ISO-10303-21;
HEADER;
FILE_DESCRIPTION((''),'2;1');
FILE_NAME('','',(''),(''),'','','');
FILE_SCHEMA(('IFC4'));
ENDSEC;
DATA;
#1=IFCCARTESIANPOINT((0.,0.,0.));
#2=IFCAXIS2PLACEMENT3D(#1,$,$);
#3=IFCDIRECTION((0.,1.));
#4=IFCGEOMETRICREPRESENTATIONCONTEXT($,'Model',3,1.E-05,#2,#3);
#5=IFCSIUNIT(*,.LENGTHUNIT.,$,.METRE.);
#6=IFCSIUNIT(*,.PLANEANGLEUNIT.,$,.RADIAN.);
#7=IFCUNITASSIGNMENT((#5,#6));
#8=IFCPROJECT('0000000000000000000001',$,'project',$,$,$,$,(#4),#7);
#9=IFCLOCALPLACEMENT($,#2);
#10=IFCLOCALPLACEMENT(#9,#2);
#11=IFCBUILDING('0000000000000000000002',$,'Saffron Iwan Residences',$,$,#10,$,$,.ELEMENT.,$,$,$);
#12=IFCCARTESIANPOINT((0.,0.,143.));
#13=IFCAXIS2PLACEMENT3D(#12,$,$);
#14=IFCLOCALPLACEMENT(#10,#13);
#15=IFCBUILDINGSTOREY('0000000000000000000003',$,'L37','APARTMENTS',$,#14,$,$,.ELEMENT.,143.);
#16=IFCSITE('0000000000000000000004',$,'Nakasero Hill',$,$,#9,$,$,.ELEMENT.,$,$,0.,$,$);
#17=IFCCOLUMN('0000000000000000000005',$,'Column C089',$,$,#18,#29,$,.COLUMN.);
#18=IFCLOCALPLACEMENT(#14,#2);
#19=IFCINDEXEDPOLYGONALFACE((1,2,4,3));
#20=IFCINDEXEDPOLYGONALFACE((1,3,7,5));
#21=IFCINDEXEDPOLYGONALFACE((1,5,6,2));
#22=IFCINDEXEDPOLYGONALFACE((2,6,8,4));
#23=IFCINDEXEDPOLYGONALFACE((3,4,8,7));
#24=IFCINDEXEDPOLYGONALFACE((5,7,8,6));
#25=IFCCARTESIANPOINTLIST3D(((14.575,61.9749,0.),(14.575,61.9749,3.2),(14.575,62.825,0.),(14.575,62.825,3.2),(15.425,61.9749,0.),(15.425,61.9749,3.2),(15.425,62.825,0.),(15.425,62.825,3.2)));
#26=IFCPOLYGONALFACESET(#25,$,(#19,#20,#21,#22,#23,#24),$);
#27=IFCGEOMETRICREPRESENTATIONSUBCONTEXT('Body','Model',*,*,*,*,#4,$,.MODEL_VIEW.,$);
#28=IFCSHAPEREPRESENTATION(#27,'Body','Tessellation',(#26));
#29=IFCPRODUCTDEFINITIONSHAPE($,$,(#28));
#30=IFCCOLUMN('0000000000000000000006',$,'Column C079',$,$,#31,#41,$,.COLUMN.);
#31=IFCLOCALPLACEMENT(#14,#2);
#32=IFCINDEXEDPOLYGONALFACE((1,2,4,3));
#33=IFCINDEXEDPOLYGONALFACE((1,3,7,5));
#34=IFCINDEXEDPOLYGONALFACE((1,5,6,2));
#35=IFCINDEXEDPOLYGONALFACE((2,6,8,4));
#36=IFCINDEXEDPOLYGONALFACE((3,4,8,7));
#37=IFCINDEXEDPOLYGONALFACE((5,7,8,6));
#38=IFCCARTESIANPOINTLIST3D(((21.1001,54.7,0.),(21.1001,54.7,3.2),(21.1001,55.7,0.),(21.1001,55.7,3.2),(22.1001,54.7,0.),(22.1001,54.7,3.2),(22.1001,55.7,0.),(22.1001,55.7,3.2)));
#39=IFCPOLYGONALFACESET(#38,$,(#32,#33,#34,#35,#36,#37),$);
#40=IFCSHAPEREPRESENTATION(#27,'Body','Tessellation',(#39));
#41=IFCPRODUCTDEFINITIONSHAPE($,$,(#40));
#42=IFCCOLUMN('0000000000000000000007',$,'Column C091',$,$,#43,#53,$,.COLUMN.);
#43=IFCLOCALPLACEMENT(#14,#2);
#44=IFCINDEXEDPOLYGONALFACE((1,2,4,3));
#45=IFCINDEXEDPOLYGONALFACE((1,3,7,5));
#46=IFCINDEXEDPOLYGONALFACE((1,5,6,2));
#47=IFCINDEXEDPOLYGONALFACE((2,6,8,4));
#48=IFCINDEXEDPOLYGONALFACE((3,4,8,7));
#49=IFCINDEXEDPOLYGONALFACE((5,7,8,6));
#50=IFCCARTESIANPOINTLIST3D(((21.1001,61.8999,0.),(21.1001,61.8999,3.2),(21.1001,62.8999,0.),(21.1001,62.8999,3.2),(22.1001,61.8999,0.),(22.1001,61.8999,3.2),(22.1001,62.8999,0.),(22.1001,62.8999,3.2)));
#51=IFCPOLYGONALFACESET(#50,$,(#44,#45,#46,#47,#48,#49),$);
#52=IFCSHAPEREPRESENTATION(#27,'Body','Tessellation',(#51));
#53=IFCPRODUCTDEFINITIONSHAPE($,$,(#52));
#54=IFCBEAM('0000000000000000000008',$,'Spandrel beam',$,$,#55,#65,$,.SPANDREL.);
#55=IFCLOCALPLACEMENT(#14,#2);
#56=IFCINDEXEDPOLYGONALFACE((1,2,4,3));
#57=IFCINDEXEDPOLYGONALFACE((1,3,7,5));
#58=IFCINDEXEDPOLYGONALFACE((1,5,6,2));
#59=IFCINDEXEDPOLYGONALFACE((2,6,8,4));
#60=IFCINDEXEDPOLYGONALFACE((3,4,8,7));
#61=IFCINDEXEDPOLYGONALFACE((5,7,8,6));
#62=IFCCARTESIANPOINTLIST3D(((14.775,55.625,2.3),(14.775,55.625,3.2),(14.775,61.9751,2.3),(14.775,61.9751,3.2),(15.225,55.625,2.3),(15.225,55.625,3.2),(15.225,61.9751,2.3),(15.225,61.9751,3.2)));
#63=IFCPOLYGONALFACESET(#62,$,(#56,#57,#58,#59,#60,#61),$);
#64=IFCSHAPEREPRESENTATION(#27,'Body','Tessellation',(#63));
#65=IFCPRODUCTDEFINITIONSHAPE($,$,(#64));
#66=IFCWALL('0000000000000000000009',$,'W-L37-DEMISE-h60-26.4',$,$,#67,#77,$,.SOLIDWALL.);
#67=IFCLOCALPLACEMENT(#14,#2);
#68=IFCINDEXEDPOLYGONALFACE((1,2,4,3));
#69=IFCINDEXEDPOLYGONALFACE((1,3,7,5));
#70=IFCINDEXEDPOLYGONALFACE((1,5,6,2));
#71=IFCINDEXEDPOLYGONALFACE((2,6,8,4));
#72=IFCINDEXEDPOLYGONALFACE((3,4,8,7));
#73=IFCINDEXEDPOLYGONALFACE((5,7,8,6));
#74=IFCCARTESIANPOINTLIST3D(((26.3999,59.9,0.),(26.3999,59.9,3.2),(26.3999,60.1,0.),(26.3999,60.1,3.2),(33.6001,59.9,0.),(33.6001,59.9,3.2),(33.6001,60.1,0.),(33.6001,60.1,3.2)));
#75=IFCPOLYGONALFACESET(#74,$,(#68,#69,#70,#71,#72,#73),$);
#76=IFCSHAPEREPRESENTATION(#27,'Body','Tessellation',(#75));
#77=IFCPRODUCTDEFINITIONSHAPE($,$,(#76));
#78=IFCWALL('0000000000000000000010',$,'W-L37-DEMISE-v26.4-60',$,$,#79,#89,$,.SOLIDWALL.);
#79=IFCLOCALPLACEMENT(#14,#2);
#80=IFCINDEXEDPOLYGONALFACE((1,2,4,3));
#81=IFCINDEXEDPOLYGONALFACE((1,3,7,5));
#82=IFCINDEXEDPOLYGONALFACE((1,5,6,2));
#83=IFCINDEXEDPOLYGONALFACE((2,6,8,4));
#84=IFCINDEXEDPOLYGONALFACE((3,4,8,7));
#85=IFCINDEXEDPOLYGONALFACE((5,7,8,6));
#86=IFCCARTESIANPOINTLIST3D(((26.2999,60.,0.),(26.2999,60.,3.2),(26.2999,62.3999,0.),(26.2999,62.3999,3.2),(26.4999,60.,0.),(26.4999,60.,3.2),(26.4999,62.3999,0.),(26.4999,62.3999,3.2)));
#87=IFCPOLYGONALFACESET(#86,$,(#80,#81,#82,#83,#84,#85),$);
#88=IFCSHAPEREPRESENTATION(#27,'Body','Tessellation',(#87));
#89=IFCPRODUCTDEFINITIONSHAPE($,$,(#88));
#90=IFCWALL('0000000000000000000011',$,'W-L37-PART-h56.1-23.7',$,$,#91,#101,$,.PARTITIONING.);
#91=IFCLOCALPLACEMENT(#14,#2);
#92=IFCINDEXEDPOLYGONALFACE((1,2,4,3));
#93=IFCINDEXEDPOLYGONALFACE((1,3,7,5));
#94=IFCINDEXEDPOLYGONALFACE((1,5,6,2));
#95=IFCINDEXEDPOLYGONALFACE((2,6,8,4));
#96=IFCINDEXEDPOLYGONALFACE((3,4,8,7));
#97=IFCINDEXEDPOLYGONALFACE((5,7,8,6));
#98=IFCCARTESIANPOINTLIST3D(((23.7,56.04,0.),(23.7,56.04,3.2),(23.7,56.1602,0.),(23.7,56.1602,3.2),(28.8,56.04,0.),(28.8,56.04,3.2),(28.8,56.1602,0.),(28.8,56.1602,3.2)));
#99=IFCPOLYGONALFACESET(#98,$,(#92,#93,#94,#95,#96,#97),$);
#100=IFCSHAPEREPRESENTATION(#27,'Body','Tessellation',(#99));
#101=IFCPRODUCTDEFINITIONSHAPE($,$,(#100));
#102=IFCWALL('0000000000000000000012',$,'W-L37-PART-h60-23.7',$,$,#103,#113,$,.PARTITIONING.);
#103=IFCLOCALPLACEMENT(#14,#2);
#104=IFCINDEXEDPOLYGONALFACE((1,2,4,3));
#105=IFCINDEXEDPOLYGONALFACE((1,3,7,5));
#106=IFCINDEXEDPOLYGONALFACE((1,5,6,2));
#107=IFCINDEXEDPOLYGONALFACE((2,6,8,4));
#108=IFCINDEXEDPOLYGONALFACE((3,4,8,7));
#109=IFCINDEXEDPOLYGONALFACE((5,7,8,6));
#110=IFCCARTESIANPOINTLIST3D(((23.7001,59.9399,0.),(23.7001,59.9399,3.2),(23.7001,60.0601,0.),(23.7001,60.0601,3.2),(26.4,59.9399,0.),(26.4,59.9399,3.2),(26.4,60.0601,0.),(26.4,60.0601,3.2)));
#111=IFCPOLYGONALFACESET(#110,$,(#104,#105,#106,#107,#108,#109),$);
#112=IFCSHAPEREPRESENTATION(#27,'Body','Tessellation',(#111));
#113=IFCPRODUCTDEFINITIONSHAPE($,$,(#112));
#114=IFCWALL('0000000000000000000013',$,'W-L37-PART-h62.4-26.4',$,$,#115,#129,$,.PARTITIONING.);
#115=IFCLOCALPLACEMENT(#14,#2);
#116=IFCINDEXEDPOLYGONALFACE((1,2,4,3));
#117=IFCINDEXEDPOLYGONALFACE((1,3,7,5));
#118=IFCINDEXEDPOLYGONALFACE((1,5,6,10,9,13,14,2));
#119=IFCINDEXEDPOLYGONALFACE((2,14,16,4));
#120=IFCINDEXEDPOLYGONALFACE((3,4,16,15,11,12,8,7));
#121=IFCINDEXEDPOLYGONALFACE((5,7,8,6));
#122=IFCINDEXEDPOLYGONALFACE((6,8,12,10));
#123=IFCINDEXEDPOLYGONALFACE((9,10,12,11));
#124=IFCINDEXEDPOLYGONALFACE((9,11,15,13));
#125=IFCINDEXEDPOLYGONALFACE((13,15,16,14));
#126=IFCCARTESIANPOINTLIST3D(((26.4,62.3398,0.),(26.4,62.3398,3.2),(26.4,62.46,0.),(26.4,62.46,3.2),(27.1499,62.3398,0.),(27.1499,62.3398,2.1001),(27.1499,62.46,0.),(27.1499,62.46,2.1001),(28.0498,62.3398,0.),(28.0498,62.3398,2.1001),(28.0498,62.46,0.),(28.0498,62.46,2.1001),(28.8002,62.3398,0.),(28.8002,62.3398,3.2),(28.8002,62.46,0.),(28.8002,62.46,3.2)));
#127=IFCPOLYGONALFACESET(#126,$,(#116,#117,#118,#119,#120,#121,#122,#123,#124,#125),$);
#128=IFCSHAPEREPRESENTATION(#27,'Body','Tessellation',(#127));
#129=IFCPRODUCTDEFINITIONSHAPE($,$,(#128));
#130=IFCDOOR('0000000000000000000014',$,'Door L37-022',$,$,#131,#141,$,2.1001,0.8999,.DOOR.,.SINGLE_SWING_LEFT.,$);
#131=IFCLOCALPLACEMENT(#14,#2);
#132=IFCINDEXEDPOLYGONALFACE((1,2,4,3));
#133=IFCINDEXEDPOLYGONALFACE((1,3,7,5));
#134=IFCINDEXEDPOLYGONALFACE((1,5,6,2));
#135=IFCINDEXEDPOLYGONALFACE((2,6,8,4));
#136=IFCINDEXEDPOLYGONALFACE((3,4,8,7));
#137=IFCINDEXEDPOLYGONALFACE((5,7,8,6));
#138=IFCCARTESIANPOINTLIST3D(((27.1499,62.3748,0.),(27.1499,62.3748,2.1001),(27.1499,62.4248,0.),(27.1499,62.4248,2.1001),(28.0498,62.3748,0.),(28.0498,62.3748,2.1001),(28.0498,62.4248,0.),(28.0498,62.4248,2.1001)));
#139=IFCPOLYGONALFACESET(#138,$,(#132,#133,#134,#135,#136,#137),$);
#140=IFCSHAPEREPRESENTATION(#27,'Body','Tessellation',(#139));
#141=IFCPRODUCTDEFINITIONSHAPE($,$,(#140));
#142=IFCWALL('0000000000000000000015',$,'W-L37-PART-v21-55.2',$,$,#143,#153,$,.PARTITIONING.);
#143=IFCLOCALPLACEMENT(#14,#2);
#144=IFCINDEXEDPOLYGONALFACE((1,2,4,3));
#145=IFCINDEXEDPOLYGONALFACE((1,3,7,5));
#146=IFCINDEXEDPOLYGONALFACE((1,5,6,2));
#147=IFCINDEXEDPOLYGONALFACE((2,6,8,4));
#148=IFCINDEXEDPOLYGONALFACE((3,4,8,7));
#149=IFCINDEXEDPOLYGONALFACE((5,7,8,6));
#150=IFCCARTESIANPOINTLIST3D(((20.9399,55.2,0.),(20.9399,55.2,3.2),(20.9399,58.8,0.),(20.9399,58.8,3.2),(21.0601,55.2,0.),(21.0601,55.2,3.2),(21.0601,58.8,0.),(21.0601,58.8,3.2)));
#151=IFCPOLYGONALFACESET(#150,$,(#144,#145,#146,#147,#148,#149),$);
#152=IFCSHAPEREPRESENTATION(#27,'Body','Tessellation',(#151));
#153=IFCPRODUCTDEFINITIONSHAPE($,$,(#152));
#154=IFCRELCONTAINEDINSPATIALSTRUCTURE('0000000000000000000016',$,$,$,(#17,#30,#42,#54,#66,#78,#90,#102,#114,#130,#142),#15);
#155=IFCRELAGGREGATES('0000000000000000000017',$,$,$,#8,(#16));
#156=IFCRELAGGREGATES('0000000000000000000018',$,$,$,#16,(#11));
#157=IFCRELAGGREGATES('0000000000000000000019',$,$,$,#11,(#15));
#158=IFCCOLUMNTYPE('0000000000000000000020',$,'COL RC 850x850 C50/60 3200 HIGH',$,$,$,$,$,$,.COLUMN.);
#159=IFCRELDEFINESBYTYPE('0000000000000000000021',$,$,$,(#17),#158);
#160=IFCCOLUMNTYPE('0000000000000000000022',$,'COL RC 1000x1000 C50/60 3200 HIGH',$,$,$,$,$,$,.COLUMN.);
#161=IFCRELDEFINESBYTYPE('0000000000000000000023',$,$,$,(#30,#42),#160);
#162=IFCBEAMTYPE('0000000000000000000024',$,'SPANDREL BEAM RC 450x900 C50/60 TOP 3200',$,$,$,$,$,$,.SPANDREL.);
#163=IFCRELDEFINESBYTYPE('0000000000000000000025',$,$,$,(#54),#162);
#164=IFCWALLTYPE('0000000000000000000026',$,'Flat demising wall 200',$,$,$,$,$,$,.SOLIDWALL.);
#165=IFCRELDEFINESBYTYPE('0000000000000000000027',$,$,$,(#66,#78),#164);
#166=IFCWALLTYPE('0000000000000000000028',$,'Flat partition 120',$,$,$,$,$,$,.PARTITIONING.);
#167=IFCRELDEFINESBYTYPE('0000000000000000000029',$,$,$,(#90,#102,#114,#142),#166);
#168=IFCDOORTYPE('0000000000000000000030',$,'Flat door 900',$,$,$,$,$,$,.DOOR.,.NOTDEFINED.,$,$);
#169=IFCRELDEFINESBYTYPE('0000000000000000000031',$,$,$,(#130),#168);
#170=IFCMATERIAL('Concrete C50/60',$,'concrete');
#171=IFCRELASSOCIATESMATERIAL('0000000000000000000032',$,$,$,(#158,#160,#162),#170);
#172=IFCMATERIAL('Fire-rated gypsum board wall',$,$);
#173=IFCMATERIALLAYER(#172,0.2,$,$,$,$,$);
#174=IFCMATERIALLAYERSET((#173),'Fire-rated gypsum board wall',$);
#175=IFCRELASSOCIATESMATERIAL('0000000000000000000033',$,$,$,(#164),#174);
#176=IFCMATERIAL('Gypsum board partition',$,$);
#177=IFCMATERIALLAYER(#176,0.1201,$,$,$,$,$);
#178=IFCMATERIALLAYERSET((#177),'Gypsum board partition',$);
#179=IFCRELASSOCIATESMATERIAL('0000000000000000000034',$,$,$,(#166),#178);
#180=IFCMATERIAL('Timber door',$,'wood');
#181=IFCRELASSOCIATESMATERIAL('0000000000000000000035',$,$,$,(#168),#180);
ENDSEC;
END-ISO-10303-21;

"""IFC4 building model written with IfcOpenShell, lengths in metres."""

from ifc_helpers import new_model, si_unit, direction, frame, frame_2d, origin, origin_2d, place, context, subcontext, project, spatial, rectangle, extrude, source, transform, mapped, material, layer, layer_set, material_profile, profile_set, type_object, element, fill, save


model = new_model("IFC4")

# Units and contexts
model_context = context("Model", 3, precision=1e-05, world=origin(), true_north=direction((0.0, 1.0)))
body_context = subcontext(model_context, "Body", "Model", "MODEL_VIEW")
ifc_project = project(units=[si_unit("LENGTHUNIT", "METRE"), si_unit("PLANEANGLEUNIT", "RADIAN")], contexts=[model_context])

# Site, building, storey
site_placement = place(None, origin())
site = spatial("IfcSite", under=ifc_project, at=site_placement, Name="Nakasero Hill", CompositionType="ELEMENT", RefElevation=0.0)
building_placement = place(site_placement, origin())
building = spatial("IfcBuilding", under=site, at=building_placement, Name="Saffron Iwan Residences", CompositionType="ELEMENT")
storey_placement = place(building_placement, frame((0.0, 0.0, 143.0)))
storey = spatial("IfcBuildingStorey", under=building, at=storey_placement, Name="L37", Description="APARTMENTS", CompositionType="ELEMENT", Elevation=143.0)

# Columns
ifc_material_1 = material(Name="Concrete C50/60", Category="concrete")
ifc_material_profile_1 = material_profile(ifc_material_1, rectangle(XDim=0.8501, YDim=0.8501, at=origin_2d()), Name="RC 850x850")
ifc_profile_set_1 = profile_set([ifc_material_profile_1], Name="Concrete C50/60")
column_type_1 = type_object("IfcColumnType", Name="COL RC 850x850 C50/60 3200 HIGH", PredefinedType="COLUMN", material=ifc_profile_set_1)
shared_shape_1 = source(origin(), body_context, "Body", "SweptSolid", [
    extrude(rectangle(XDim=0.8501, YDim=0.8501, at=origin_2d()), origin(), (0.0, 0.0, 1.0), 3.2),
])
column_placement = place(storey_placement, frame((15.0, 62.3999, 0.0), z_axis=(0.0, 0.0, 1.0), x_axis=(1.0, 0.0, 0.0)))
element("IfcColumn", 1, at=column_placement, inside=storey, type_object=column_type_1, Name="Column C089", PredefinedType="COLUMN", context=body_context, shape_type="MappedRepresentation", body=[
    mapped(shared_shape_1, transform((0.0, 0.0, 0.0))),
])
ifc_material_profile_2 = material_profile(ifc_material_1, rectangle(XDim=1.0, YDim=1.0, at=origin_2d()), Name="RC 1000x1000")
ifc_profile_set_2 = profile_set([ifc_material_profile_2], Name="Concrete C50/60")
column_type_2 = type_object("IfcColumnType", Name="COL RC 1000x1000 C50/60 3200 HIGH", PredefinedType="COLUMN", material=ifc_profile_set_2)
shared_shape_2 = source(origin(), body_context, "Body", "SweptSolid", [
    extrude(rectangle(XDim=1.0, YDim=1.0, at=origin_2d()), origin(), (0.0, 0.0, 1.0), 3.2),
])
for number, where, z_axis, x_axis, name in (
    (2, (21.6001, 55.2, 0.0), (0.0, 0.0, 1.0), (1.0, 0.0, 0.0), "Column C079"),
    (3, (21.6001, 62.3999, 0.0), (0.0, 0.0, 1.0), (1.0, 0.0, 0.0), "Column C091"),
):
    element("IfcColumn", number, at=place(storey_placement, frame(where, z_axis=z_axis, x_axis=x_axis)), inside=storey, type_object=column_type_2, Name=name, PredefinedType="COLUMN", context=body_context, shape_type="MappedRepresentation", body=[
        mapped(shared_shape_2, transform((0.0, 0.0, 0.0))),
    ])

# Beam
ifc_material_profile_3 = material_profile(ifc_material_1, rectangle(XDim=0.45, YDim=0.8999, at=origin_2d()), Name="RC 450x900")
ifc_profile_set_3 = profile_set([ifc_material_profile_3], Name="Concrete C50/60")
beam_type = type_object("IfcBeamType", Name="SPANDREL BEAM RC 450x900 C50/60 TOP 3200", PredefinedType="SPANDREL", material=ifc_profile_set_3)
shared_shape_3 = source(origin(), body_context, "Body", "SweptSolid", [
    extrude(rectangle(XDim=0.45, YDim=0.8999, at=origin_2d()), origin(), (0.0, 0.0, 1.0), 6.3501),
])
beam_placement = place(storey_placement, frame((15.0, 55.625, 2.75), z_axis=(0.0, 1.0, 0.0), x_axis=(-1.0, 0.0, 0.0)))
element("IfcBeam", 4, at=beam_placement, inside=storey, type_object=beam_type, Name="Spandrel beam", PredefinedType="SPANDREL", context=body_context, shape_type="MappedRepresentation", body=[
    mapped(shared_shape_3, transform((0.0, 0.0, 0.0))),
])

# Walls
ifc_material_2 = material(Name="Fire-rated gypsum board wall")
ifc_layer_1 = layer(ifc_material_2, 0.2)
ifc_layer_set_1 = layer_set([ifc_layer_1], Name="Fire-rated gypsum board wall")
wall_type_1 = type_object("IfcWallType", Name="Flat demising wall 200", PredefinedType="SOLIDWALL", material=ifc_layer_set_1)
wall_1_placement = place(storey_placement, frame((26.3999, 60.0, 0.0), z_axis=(0.0, 0.0, 1.0), x_axis=(1.0, 0.0, 0.0)))
element("IfcWall", 5, at=wall_1_placement, inside=storey, type_object=wall_type_1, Name="W-L37-DEMISE-h60-26.4", PredefinedType="SOLIDWALL", context=body_context, shape_type="SweptSolid", body=[
    extrude(rectangle(XDim=7.2002, YDim=0.2, at=frame_2d((3.6001, 0.0))), origin(), (0.0, 0.0, 1.0), 3.2),
])
wall_2_placement = place(storey_placement, frame((26.3999, 60.0, 0.0), z_axis=(0.0, 0.0, 1.0), x_axis=(0.0, 1.0, 0.0)))
element("IfcWall", 6, at=wall_2_placement, inside=storey, type_object=wall_type_1, Name="W-L37-DEMISE-v26.4-60", PredefinedType="SOLIDWALL", context=body_context, shape_type="SweptSolid", body=[
    extrude(rectangle(XDim=2.3999, YDim=0.2, at=frame_2d((1.2, 0.0))), origin(), (0.0, 0.0, 1.0), 3.2),
])
ifc_material_3 = material(Name="Gypsum board partition")
ifc_layer_2 = layer(ifc_material_3, 0.1201)
ifc_layer_set_2 = layer_set([ifc_layer_2], Name="Gypsum board partition")
wall_type_2 = type_object("IfcWallType", Name="Flat partition 120", PredefinedType="PARTITIONING", material=ifc_layer_set_2)
wall_3_placement = place(storey_placement, frame((23.7, 56.1001, 0.0), z_axis=(0.0, 0.0, 1.0), x_axis=(1.0, 0.0, 0.0)))
element("IfcWall", 7, at=wall_3_placement, inside=storey, type_object=wall_type_2, Name="W-L37-PART-h56.1-23.7", PredefinedType="PARTITIONING", context=body_context, shape_type="SweptSolid", body=[
    extrude(rectangle(XDim=5.1001, YDim=0.1201, at=frame_2d((2.55, 0.0))), origin(), (0.0, 0.0, 1.0), 3.2),
])
wall_4_placement = place(storey_placement, frame((23.7, 60.0, 0.0), z_axis=(0.0, 0.0, 1.0), x_axis=(1.0, 0.0, 0.0)))
element("IfcWall", 8, at=wall_4_placement, inside=storey, type_object=wall_type_2, Name="W-L37-PART-h60-23.7", PredefinedType="PARTITIONING", context=body_context, shape_type="SweptSolid", body=[
    extrude(rectangle(XDim=2.7, YDim=0.1201, at=frame_2d((1.3501, 0.0))), origin(), (0.0, 0.0, 1.0), 3.2),
])

# Wall, opening, door
wall_5_placement = place(storey_placement, frame((26.3999, 62.3999, 0.0), z_axis=(0.0, 0.0, 1.0), x_axis=(1.0, 0.0, 0.0)))
wall_5 = element("IfcWall", 9, at=wall_5_placement, inside=storey, type_object=wall_type_2, Name="W-L37-PART-h62.4-26.4", PredefinedType="PARTITIONING", context=body_context, shape_type="SweptSolid", body=[
    extrude(rectangle(XDim=2.4001, YDim=0.1201, at=frame_2d((1.2002, 0.0))), origin(), (0.0, 0.0, 1.0), 3.2),
])
opening_1_placement = place(wall_5_placement, frame((0.75, 0.0, 0.0)))
opening_1 = element("IfcOpeningElement", 10, at=opening_1_placement, cuts=wall_5, PredefinedType="OPENING", context=body_context, shape_type="SweptSolid", body=[
    extrude(rectangle(XDim=0.8999, YDim=2.1001, at=frame_2d((0.45, 1.05))), frame((0.0, 0.0701, 0.0), z_axis=(0.0, -1.0, 0.0), x_axis=(1.0, 0.0, 0.0)), (0.0, 0.0, 1.0), 0.1401),
])
ifc_material_4 = material(Name="Timber door", Category="wood")
door_type = type_object("IfcDoorType", Name="Flat door 900", OperationType="NOTDEFINED", PredefinedType="DOOR", material=ifc_material_4)
door_1_placement = place(opening_1_placement, origin())
door_1 = element("IfcDoor", 11, at=door_1_placement, inside=storey, type_object=door_type, Name="Door L37-022", OperationType="SINGLE_SWING_LEFT", OverallHeight=2.1001, OverallWidth=0.8999, PredefinedType="DOOR", context=body_context, shape_type="SweptSolid", body=[
    extrude(rectangle(XDim=0.8999, YDim=2.1001, at=frame_2d((0.45, 1.05))), frame((0.0, 0.0249, 0.0), z_axis=(0.0, -1.0, 0.0), x_axis=(1.0, 0.0, 0.0)), (0.0, 0.0, 1.0), 0.05),
])
fill(opening_1, door_1)

# Wall
wall_6_placement = place(storey_placement, frame((21.0, 55.2, 0.0), z_axis=(0.0, 0.0, 1.0), x_axis=(0.0, 1.0, 0.0)))
element("IfcWall", 12, at=wall_6_placement, inside=storey, type_object=wall_type_2, Name="W-L37-PART-v21-55.2", PredefinedType="PARTITIONING", context=body_context, shape_type="SweptSolid", body=[
    extrude(rectangle(XDim=3.6001, YDim=0.1201, at=frame_2d((1.8, 0.0))), origin(), (0.0, 0.0, 1.0), 3.2),
])

save(model, "model.ifc")
